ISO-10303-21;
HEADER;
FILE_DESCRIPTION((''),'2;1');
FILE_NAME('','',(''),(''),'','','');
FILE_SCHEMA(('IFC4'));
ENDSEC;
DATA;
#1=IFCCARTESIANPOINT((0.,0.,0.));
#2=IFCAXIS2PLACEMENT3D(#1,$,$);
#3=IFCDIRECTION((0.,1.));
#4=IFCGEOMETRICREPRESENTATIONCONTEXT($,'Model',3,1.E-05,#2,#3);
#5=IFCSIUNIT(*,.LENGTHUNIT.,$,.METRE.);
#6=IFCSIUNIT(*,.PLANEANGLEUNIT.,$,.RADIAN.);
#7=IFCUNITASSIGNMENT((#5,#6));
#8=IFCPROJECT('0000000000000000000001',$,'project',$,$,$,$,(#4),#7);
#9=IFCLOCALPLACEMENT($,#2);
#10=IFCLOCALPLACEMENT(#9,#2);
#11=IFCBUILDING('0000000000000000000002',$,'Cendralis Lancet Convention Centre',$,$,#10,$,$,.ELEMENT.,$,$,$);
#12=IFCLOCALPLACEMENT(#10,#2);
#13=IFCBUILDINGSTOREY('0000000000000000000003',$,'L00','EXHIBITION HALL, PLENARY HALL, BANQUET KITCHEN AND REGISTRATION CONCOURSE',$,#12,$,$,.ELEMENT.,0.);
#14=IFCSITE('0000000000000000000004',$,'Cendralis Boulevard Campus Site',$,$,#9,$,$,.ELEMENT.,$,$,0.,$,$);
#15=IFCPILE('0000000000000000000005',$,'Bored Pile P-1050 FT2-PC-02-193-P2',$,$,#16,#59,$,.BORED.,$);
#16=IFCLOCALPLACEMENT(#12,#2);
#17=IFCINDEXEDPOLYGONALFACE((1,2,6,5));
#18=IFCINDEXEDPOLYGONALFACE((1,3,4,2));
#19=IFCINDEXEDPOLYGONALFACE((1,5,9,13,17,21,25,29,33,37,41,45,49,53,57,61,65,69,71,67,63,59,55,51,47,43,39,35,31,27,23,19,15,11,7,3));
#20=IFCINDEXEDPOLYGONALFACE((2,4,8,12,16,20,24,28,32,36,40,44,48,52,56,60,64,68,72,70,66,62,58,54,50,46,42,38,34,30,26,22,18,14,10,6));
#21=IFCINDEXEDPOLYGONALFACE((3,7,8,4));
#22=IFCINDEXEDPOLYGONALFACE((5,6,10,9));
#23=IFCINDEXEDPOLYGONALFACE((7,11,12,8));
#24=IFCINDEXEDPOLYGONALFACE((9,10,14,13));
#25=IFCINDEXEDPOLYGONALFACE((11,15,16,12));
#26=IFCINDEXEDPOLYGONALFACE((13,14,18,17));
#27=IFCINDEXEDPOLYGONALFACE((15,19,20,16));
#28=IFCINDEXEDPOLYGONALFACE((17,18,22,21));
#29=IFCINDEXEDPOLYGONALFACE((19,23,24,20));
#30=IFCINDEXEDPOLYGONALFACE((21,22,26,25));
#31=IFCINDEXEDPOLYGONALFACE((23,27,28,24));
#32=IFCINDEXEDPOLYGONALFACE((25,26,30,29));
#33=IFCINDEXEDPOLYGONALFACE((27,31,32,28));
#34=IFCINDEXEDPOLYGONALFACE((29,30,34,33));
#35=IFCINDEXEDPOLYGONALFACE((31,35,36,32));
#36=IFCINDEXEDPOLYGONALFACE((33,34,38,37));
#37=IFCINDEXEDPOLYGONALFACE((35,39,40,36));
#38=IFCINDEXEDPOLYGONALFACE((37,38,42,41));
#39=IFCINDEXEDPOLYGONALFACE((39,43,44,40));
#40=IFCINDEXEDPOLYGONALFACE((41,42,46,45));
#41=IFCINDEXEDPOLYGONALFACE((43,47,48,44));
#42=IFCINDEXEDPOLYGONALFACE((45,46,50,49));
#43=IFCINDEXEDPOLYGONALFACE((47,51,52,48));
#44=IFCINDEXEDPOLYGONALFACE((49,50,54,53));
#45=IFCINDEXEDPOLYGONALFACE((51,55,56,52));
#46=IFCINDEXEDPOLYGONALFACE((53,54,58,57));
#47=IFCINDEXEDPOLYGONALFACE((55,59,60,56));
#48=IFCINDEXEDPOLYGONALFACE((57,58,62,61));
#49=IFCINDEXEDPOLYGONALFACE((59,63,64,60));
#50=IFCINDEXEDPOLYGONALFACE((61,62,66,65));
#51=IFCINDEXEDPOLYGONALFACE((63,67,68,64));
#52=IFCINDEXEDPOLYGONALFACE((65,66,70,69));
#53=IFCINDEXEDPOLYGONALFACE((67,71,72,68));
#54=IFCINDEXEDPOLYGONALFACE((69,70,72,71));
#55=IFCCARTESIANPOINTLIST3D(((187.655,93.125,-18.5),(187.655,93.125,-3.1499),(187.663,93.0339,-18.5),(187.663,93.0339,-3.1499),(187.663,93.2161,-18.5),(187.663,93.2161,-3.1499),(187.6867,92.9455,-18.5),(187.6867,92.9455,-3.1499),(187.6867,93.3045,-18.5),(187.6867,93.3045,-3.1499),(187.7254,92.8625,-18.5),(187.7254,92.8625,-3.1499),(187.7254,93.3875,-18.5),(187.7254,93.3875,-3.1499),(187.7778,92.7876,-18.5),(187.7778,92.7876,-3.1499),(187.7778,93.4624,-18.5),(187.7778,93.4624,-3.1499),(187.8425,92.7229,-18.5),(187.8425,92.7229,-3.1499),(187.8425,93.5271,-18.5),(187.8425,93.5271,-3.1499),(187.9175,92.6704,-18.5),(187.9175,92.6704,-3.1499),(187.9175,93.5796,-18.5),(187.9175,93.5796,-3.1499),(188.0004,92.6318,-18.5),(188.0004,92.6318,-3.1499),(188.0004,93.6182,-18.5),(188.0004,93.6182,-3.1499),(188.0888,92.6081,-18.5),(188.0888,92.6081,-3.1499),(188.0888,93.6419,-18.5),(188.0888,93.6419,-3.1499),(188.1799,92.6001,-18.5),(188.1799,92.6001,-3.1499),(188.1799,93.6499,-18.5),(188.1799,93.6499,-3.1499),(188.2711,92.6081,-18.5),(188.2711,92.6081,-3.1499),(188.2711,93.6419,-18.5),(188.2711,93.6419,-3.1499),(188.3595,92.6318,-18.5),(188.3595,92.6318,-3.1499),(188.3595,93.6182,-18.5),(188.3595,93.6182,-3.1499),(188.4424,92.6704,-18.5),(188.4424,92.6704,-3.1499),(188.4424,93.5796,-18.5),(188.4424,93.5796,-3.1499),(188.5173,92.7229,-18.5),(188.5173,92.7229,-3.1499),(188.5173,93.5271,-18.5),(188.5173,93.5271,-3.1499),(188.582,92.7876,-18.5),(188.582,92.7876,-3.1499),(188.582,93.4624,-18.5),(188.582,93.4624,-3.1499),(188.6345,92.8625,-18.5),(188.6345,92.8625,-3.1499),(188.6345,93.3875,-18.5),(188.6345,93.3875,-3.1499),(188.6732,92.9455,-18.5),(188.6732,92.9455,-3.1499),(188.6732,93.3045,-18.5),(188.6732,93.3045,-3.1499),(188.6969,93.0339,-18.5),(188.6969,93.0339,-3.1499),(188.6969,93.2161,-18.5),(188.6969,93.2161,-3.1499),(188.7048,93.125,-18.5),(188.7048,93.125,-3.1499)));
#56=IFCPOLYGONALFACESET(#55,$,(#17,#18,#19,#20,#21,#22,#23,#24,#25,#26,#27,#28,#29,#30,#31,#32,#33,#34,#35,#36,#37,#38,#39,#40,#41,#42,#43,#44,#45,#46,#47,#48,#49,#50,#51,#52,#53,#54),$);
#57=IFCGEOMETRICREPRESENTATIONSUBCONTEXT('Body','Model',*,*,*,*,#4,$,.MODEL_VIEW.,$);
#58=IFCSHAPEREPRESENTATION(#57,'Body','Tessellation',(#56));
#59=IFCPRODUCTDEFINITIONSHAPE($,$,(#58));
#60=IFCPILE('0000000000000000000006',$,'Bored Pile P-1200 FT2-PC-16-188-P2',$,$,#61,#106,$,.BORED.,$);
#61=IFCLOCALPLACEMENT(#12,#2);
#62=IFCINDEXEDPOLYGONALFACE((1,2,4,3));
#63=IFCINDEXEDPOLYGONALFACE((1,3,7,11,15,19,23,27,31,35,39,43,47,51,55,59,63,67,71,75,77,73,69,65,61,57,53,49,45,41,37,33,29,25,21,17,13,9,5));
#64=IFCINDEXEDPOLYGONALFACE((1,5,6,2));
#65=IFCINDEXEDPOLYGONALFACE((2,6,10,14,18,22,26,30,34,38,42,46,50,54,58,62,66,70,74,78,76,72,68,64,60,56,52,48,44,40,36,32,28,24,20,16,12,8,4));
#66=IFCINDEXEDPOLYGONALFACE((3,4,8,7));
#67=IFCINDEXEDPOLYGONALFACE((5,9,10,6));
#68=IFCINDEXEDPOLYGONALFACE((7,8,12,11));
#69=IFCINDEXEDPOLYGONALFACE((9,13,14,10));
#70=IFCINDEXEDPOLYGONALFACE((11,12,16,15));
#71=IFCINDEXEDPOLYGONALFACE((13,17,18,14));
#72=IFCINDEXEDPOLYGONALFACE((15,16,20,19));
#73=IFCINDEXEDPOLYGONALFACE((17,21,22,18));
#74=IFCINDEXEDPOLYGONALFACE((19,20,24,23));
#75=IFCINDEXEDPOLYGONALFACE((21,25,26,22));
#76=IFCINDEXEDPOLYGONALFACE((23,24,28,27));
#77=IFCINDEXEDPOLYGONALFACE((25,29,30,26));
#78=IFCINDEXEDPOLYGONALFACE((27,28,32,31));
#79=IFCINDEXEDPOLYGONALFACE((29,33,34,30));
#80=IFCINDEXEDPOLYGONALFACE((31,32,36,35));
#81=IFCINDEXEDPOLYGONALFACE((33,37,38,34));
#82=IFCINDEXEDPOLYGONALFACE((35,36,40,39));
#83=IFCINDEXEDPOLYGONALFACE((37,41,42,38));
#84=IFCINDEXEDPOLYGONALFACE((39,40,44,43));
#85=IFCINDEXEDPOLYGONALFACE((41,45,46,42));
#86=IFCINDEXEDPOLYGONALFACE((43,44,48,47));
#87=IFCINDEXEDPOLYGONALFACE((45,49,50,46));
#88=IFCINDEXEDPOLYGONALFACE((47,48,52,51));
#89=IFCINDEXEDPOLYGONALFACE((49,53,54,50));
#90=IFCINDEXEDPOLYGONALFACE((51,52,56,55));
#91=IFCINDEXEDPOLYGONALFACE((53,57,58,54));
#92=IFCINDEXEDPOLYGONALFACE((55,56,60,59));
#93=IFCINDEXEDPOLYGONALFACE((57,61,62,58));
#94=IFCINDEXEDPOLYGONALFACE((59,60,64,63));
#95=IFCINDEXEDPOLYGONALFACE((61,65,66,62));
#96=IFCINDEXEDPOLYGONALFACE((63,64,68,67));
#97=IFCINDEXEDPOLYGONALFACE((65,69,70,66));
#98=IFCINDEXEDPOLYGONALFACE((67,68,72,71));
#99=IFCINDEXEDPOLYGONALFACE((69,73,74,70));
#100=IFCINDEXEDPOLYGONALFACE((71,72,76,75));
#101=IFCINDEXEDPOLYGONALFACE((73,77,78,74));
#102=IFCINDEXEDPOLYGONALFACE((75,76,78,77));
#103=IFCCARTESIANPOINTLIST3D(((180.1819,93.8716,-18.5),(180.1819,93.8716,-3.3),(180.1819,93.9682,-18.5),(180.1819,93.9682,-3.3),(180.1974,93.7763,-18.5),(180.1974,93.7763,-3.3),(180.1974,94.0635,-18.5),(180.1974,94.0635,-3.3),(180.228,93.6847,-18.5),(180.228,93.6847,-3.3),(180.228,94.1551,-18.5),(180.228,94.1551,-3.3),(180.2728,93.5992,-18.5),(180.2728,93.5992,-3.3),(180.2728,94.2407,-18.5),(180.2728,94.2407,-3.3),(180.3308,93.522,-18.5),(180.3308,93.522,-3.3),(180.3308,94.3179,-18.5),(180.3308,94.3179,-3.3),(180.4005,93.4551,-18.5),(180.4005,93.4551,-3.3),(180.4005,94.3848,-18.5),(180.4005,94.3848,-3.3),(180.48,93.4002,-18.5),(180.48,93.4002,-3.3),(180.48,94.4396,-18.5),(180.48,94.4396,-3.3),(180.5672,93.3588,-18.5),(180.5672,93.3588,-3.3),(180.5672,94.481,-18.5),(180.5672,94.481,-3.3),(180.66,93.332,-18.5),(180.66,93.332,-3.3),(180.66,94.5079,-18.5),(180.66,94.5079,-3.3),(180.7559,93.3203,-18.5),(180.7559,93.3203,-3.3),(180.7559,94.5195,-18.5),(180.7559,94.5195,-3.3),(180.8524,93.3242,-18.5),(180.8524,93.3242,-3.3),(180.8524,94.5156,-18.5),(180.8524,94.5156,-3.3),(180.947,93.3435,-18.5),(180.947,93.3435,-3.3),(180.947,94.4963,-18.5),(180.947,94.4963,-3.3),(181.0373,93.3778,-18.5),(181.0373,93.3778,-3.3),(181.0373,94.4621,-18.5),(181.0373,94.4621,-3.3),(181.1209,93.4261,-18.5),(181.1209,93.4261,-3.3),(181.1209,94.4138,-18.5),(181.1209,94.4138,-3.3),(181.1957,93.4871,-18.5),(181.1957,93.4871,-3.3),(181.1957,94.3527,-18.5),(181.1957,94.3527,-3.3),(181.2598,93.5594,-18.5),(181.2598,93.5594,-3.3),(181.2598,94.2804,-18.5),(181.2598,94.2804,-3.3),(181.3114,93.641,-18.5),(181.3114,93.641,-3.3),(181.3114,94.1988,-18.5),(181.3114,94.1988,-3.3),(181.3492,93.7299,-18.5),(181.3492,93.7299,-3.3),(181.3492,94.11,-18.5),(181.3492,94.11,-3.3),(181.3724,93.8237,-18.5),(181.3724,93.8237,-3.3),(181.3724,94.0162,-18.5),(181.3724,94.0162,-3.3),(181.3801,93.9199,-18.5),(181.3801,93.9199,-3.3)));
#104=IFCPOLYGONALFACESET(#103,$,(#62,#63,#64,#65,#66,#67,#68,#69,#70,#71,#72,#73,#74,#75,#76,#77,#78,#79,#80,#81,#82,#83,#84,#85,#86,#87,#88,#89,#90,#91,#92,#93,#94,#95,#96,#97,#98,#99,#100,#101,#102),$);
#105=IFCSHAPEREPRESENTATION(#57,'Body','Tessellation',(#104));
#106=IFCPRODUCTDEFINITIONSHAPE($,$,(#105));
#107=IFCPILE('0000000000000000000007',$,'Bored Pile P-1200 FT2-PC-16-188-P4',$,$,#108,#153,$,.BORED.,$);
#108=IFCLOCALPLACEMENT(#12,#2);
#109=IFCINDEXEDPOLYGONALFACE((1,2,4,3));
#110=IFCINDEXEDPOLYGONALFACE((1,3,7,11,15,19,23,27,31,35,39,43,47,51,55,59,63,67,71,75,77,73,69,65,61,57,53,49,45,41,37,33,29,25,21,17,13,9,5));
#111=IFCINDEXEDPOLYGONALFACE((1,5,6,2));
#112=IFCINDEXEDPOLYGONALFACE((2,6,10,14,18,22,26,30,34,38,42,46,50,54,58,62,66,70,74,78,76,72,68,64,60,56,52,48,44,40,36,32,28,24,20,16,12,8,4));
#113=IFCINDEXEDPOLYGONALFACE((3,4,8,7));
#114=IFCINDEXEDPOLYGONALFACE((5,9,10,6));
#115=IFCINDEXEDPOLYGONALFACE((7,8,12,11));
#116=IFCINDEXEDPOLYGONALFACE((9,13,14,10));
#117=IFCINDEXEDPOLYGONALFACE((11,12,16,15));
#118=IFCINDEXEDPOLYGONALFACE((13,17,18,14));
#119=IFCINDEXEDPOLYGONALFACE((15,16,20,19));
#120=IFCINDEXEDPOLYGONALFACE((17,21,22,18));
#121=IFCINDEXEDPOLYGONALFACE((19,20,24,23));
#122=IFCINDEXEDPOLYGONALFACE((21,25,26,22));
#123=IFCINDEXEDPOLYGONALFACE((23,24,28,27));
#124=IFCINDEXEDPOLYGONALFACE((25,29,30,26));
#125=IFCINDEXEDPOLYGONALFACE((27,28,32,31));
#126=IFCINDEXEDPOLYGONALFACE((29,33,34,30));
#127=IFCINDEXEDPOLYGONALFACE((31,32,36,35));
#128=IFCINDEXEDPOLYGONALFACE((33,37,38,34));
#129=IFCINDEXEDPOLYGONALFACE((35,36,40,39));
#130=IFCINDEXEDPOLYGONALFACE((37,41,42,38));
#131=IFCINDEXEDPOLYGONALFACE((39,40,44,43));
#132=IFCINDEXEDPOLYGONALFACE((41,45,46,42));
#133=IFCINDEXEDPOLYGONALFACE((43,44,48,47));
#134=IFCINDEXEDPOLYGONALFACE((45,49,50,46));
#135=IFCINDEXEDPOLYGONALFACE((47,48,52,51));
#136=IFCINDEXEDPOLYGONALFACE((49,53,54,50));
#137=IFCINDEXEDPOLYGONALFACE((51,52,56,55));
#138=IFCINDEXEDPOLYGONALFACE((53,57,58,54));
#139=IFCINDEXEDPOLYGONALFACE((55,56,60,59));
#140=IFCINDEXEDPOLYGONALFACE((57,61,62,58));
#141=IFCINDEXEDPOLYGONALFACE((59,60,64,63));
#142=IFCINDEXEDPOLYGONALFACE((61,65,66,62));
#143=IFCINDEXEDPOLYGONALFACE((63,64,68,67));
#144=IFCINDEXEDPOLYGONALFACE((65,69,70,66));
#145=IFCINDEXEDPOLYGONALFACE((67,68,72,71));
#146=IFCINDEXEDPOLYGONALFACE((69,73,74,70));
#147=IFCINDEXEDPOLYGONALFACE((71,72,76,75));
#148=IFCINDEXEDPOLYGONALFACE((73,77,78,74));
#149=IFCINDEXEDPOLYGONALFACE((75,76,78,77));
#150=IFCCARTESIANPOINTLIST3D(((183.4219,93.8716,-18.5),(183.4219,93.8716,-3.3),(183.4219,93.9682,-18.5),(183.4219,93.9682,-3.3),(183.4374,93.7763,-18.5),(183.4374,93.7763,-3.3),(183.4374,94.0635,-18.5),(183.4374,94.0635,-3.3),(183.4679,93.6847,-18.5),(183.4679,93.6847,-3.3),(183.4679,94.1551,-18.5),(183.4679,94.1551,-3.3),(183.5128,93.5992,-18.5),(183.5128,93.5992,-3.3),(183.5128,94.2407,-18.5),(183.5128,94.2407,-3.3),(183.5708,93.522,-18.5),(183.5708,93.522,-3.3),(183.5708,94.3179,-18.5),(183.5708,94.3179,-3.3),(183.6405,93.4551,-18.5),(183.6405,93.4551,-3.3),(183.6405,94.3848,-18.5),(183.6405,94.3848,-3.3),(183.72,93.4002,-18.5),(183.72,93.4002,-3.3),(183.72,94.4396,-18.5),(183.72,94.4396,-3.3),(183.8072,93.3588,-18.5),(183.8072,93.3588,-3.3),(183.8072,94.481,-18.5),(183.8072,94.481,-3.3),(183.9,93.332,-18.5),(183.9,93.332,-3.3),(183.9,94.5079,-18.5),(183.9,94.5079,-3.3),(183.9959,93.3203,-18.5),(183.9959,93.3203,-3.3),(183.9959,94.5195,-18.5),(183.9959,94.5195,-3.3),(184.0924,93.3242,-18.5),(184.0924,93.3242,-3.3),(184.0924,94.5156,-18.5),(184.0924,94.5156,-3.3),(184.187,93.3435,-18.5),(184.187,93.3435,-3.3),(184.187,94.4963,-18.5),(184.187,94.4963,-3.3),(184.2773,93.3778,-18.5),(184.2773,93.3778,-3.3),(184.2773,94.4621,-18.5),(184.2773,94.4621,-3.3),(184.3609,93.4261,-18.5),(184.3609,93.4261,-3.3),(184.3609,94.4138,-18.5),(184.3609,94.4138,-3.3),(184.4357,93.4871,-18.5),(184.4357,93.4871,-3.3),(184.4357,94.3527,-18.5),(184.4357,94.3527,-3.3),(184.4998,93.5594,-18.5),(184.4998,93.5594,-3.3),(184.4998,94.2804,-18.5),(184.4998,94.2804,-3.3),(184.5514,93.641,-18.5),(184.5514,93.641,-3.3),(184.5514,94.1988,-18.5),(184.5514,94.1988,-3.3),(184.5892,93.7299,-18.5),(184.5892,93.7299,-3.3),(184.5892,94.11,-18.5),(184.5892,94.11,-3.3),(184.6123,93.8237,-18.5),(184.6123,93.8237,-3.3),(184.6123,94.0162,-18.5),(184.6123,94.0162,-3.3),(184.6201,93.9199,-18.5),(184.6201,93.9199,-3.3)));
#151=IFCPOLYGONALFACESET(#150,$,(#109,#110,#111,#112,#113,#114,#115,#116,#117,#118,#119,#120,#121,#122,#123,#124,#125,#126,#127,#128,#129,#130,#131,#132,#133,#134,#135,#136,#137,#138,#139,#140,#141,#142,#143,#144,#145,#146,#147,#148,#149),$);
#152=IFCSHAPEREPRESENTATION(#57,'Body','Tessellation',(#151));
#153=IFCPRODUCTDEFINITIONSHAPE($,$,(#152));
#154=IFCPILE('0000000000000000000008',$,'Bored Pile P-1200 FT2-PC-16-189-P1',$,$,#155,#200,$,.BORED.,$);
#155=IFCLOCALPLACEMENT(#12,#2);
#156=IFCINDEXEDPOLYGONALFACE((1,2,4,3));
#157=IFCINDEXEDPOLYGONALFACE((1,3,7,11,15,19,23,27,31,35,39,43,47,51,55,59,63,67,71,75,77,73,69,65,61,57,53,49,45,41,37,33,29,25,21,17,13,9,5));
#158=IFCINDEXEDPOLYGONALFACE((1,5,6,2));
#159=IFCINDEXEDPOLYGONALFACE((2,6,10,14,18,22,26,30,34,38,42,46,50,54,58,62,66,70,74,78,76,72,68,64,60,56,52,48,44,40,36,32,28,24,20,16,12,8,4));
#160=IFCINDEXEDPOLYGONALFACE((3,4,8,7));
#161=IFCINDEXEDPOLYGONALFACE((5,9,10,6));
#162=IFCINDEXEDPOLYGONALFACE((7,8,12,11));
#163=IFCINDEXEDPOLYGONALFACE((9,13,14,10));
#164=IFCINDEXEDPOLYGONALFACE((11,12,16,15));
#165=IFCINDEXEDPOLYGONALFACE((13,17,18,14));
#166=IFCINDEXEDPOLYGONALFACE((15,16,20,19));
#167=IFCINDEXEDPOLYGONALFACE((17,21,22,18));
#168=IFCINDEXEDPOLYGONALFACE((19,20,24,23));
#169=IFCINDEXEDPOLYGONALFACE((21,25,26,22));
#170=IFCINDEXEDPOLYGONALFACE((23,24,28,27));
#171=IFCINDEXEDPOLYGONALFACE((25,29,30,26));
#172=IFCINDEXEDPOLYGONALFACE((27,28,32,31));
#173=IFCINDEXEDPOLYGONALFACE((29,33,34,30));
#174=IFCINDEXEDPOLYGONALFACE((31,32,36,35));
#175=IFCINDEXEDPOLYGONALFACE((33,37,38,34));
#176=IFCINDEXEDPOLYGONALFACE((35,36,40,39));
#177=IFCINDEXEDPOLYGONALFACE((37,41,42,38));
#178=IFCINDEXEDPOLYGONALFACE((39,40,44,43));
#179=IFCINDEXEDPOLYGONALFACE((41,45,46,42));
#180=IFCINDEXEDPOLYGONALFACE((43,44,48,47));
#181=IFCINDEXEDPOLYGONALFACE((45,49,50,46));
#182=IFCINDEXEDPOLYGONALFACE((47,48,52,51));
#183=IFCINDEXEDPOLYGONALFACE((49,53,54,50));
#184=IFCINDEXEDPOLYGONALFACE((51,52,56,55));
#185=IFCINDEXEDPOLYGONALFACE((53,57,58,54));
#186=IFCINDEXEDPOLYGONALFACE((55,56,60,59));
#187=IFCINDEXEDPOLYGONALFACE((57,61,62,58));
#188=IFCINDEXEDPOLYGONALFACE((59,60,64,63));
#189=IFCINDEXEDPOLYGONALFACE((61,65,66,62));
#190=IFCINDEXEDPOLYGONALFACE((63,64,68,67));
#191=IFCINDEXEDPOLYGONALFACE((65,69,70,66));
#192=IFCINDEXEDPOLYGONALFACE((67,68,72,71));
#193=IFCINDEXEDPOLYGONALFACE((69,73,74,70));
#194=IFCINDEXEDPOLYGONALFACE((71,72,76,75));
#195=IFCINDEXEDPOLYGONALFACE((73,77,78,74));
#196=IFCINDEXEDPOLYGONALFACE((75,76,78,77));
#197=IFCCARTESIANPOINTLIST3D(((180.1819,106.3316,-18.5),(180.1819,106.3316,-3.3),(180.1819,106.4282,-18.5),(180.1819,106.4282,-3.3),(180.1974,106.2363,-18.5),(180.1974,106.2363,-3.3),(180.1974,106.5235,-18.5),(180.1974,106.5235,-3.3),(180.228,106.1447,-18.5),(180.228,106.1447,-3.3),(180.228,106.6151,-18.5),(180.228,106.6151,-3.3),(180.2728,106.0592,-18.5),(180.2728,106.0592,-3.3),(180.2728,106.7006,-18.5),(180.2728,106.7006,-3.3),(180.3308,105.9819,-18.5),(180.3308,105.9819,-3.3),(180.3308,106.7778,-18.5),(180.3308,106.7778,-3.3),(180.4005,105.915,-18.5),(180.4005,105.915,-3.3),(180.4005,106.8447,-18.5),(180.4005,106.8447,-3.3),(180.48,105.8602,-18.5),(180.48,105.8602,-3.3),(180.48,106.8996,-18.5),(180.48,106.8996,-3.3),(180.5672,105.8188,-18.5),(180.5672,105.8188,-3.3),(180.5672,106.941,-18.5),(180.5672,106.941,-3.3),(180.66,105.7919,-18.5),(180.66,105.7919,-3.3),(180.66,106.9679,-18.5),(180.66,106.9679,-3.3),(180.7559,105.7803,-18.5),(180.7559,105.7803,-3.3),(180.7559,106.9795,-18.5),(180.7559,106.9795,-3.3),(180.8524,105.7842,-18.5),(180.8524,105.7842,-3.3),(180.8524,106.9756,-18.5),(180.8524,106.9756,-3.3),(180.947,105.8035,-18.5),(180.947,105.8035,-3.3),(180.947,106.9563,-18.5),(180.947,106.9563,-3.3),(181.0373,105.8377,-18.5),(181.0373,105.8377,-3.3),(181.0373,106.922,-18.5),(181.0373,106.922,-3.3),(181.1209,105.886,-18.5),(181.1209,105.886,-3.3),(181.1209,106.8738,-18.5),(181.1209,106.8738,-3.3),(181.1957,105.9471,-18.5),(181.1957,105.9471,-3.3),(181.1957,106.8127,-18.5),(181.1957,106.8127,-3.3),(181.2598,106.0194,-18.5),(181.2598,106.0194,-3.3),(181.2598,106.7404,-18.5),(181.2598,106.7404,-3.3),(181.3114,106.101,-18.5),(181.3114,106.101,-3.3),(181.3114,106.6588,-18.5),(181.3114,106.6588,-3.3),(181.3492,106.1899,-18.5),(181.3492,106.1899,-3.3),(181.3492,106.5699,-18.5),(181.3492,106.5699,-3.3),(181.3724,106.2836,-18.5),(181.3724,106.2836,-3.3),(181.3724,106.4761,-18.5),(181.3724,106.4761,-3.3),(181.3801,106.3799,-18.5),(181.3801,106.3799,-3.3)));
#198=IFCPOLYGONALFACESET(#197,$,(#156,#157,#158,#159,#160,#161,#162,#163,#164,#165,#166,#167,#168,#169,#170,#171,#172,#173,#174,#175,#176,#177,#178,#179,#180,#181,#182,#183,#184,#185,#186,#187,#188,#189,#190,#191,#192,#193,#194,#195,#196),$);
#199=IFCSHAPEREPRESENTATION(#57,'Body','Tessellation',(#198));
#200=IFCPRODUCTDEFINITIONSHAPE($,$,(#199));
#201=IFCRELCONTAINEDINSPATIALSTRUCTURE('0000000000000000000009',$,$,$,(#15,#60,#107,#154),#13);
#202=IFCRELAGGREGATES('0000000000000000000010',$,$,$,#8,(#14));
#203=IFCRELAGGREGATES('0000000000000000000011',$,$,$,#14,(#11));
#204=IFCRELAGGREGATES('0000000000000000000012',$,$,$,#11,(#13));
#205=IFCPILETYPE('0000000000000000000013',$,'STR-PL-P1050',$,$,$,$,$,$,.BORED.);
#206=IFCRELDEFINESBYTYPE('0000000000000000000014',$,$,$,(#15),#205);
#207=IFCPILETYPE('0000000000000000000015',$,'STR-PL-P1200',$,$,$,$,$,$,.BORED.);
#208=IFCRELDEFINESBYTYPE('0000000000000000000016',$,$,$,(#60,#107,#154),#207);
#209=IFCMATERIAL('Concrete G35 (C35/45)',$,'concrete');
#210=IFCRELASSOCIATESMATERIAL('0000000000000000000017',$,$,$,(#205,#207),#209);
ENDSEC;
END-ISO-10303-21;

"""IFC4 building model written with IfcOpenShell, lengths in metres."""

from ifc_helpers import new_model, si_unit, direction, frame, origin, origin_2d, place, context, subcontext, project, spatial, circle, extrude, material, material_profile, profile_set, type_object, element, save


model = new_model("IFC4")

# Units and contexts
model_context = context("Model", 3, precision=1e-05, world=origin(), true_north=direction((0.0, 1.0)))
body_context = subcontext(model_context, "Body", "Model", "MODEL_VIEW")
ifc_project = project(units=[si_unit("LENGTHUNIT", "METRE"), si_unit("PLANEANGLEUNIT", "RADIAN")], contexts=[model_context])

# Site, building, storey
site_placement = place(None, origin())
site = spatial("IfcSite", under=ifc_project, at=site_placement, Name="Cendralis Boulevard Campus Site", CompositionType="ELEMENT", RefElevation=0.0)
building_placement = place(site_placement, origin())
building = spatial("IfcBuilding", under=site, at=building_placement, Name="Cendralis Lancet Convention Centre", CompositionType="ELEMENT")
storey_placement = place(building_placement, origin())
storey = spatial("IfcBuildingStorey", under=building, at=storey_placement, Name="L00", Description="EXHIBITION HALL, PLENARY HALL, BANQUET KITCHEN AND REGISTRATION CONCOURSE", CompositionType="ELEMENT", Elevation=0.0)

# Shared definitions
ifc_material_1 = material(Name="Concrete G35 (C35/45)", Category="concrete")

# Piles
ifc_material_profile_1 = material_profile(ifc_material_1, circle(Radius=0.5249, at=origin_2d()), Name="BORED PILE D1050")
ifc_profile_set_1 = profile_set([ifc_material_profile_1], Name="Concrete G35 (C35/45)")
pile_type_1 = type_object("IfcPileType", Name="STR-PL-P1050", PredefinedType="BORED", material=ifc_profile_set_1)
for number, where, z_axis, x_axis, name in (
    (1, (188.1799, 93.125, -3.1499), (0.0, 0.0, -1.0), (1.0, 0.0, 0.0), "Bored Pile P-1050 FT2-PC-02-193-P2"),
):
    element("IfcPile", number, at=place(storey_placement, frame(where, z_axis=z_axis, x_axis=x_axis)), inside=storey, type_object=pile_type_1, Name=name, PredefinedType="BORED", context=body_context, shape_type="SweptSolid", body=[
        extrude(circle(Radius=0.5249, at=origin_2d()), origin(), (0.0, 0.0, 1.0), 15.3501),
    ])
ifc_material_profile_2 = material_profile(ifc_material_1, circle(Radius=0.6001, at=origin_2d()), Name="BORED PILE D1200")
ifc_profile_set_2 = profile_set([ifc_material_profile_2], Name="Concrete G35 (C35/45)")
pile_type_2 = type_object("IfcPileType", Name="STR-PL-P1200", PredefinedType="BORED", material=ifc_profile_set_2)
for number, where, z_axis, x_axis, name in (
    (2, (180.78, 93.9199, -3.3), (0.0, 0.0, -1.0), (1.0, 0.0, 0.0), "Bored Pile P-1200 FT2-PC-16-188-P2"),
    (3, (184.02, 93.9199, -3.3), (0.0, 0.0, -1.0), (1.0, 0.0, 0.0), "Bored Pile P-1200 FT2-PC-16-188-P4"),
    (4, (180.78, 106.3799, -3.3), (0.0, 0.0, -1.0), (1.0, 0.0, 0.0), "Bored Pile P-1200 FT2-PC-16-189-P1"),
):
    element("IfcPile", number, at=place(storey_placement, frame(where, z_axis=z_axis, x_axis=x_axis)), inside=storey, type_object=pile_type_2, Name=name, PredefinedType="BORED", context=body_context, shape_type="SweptSolid", body=[
        extrude(circle(Radius=0.6001, at=origin_2d()), origin(), (0.0, 0.0, 1.0), 15.2),
    ])

save(model, "model.ifc")
